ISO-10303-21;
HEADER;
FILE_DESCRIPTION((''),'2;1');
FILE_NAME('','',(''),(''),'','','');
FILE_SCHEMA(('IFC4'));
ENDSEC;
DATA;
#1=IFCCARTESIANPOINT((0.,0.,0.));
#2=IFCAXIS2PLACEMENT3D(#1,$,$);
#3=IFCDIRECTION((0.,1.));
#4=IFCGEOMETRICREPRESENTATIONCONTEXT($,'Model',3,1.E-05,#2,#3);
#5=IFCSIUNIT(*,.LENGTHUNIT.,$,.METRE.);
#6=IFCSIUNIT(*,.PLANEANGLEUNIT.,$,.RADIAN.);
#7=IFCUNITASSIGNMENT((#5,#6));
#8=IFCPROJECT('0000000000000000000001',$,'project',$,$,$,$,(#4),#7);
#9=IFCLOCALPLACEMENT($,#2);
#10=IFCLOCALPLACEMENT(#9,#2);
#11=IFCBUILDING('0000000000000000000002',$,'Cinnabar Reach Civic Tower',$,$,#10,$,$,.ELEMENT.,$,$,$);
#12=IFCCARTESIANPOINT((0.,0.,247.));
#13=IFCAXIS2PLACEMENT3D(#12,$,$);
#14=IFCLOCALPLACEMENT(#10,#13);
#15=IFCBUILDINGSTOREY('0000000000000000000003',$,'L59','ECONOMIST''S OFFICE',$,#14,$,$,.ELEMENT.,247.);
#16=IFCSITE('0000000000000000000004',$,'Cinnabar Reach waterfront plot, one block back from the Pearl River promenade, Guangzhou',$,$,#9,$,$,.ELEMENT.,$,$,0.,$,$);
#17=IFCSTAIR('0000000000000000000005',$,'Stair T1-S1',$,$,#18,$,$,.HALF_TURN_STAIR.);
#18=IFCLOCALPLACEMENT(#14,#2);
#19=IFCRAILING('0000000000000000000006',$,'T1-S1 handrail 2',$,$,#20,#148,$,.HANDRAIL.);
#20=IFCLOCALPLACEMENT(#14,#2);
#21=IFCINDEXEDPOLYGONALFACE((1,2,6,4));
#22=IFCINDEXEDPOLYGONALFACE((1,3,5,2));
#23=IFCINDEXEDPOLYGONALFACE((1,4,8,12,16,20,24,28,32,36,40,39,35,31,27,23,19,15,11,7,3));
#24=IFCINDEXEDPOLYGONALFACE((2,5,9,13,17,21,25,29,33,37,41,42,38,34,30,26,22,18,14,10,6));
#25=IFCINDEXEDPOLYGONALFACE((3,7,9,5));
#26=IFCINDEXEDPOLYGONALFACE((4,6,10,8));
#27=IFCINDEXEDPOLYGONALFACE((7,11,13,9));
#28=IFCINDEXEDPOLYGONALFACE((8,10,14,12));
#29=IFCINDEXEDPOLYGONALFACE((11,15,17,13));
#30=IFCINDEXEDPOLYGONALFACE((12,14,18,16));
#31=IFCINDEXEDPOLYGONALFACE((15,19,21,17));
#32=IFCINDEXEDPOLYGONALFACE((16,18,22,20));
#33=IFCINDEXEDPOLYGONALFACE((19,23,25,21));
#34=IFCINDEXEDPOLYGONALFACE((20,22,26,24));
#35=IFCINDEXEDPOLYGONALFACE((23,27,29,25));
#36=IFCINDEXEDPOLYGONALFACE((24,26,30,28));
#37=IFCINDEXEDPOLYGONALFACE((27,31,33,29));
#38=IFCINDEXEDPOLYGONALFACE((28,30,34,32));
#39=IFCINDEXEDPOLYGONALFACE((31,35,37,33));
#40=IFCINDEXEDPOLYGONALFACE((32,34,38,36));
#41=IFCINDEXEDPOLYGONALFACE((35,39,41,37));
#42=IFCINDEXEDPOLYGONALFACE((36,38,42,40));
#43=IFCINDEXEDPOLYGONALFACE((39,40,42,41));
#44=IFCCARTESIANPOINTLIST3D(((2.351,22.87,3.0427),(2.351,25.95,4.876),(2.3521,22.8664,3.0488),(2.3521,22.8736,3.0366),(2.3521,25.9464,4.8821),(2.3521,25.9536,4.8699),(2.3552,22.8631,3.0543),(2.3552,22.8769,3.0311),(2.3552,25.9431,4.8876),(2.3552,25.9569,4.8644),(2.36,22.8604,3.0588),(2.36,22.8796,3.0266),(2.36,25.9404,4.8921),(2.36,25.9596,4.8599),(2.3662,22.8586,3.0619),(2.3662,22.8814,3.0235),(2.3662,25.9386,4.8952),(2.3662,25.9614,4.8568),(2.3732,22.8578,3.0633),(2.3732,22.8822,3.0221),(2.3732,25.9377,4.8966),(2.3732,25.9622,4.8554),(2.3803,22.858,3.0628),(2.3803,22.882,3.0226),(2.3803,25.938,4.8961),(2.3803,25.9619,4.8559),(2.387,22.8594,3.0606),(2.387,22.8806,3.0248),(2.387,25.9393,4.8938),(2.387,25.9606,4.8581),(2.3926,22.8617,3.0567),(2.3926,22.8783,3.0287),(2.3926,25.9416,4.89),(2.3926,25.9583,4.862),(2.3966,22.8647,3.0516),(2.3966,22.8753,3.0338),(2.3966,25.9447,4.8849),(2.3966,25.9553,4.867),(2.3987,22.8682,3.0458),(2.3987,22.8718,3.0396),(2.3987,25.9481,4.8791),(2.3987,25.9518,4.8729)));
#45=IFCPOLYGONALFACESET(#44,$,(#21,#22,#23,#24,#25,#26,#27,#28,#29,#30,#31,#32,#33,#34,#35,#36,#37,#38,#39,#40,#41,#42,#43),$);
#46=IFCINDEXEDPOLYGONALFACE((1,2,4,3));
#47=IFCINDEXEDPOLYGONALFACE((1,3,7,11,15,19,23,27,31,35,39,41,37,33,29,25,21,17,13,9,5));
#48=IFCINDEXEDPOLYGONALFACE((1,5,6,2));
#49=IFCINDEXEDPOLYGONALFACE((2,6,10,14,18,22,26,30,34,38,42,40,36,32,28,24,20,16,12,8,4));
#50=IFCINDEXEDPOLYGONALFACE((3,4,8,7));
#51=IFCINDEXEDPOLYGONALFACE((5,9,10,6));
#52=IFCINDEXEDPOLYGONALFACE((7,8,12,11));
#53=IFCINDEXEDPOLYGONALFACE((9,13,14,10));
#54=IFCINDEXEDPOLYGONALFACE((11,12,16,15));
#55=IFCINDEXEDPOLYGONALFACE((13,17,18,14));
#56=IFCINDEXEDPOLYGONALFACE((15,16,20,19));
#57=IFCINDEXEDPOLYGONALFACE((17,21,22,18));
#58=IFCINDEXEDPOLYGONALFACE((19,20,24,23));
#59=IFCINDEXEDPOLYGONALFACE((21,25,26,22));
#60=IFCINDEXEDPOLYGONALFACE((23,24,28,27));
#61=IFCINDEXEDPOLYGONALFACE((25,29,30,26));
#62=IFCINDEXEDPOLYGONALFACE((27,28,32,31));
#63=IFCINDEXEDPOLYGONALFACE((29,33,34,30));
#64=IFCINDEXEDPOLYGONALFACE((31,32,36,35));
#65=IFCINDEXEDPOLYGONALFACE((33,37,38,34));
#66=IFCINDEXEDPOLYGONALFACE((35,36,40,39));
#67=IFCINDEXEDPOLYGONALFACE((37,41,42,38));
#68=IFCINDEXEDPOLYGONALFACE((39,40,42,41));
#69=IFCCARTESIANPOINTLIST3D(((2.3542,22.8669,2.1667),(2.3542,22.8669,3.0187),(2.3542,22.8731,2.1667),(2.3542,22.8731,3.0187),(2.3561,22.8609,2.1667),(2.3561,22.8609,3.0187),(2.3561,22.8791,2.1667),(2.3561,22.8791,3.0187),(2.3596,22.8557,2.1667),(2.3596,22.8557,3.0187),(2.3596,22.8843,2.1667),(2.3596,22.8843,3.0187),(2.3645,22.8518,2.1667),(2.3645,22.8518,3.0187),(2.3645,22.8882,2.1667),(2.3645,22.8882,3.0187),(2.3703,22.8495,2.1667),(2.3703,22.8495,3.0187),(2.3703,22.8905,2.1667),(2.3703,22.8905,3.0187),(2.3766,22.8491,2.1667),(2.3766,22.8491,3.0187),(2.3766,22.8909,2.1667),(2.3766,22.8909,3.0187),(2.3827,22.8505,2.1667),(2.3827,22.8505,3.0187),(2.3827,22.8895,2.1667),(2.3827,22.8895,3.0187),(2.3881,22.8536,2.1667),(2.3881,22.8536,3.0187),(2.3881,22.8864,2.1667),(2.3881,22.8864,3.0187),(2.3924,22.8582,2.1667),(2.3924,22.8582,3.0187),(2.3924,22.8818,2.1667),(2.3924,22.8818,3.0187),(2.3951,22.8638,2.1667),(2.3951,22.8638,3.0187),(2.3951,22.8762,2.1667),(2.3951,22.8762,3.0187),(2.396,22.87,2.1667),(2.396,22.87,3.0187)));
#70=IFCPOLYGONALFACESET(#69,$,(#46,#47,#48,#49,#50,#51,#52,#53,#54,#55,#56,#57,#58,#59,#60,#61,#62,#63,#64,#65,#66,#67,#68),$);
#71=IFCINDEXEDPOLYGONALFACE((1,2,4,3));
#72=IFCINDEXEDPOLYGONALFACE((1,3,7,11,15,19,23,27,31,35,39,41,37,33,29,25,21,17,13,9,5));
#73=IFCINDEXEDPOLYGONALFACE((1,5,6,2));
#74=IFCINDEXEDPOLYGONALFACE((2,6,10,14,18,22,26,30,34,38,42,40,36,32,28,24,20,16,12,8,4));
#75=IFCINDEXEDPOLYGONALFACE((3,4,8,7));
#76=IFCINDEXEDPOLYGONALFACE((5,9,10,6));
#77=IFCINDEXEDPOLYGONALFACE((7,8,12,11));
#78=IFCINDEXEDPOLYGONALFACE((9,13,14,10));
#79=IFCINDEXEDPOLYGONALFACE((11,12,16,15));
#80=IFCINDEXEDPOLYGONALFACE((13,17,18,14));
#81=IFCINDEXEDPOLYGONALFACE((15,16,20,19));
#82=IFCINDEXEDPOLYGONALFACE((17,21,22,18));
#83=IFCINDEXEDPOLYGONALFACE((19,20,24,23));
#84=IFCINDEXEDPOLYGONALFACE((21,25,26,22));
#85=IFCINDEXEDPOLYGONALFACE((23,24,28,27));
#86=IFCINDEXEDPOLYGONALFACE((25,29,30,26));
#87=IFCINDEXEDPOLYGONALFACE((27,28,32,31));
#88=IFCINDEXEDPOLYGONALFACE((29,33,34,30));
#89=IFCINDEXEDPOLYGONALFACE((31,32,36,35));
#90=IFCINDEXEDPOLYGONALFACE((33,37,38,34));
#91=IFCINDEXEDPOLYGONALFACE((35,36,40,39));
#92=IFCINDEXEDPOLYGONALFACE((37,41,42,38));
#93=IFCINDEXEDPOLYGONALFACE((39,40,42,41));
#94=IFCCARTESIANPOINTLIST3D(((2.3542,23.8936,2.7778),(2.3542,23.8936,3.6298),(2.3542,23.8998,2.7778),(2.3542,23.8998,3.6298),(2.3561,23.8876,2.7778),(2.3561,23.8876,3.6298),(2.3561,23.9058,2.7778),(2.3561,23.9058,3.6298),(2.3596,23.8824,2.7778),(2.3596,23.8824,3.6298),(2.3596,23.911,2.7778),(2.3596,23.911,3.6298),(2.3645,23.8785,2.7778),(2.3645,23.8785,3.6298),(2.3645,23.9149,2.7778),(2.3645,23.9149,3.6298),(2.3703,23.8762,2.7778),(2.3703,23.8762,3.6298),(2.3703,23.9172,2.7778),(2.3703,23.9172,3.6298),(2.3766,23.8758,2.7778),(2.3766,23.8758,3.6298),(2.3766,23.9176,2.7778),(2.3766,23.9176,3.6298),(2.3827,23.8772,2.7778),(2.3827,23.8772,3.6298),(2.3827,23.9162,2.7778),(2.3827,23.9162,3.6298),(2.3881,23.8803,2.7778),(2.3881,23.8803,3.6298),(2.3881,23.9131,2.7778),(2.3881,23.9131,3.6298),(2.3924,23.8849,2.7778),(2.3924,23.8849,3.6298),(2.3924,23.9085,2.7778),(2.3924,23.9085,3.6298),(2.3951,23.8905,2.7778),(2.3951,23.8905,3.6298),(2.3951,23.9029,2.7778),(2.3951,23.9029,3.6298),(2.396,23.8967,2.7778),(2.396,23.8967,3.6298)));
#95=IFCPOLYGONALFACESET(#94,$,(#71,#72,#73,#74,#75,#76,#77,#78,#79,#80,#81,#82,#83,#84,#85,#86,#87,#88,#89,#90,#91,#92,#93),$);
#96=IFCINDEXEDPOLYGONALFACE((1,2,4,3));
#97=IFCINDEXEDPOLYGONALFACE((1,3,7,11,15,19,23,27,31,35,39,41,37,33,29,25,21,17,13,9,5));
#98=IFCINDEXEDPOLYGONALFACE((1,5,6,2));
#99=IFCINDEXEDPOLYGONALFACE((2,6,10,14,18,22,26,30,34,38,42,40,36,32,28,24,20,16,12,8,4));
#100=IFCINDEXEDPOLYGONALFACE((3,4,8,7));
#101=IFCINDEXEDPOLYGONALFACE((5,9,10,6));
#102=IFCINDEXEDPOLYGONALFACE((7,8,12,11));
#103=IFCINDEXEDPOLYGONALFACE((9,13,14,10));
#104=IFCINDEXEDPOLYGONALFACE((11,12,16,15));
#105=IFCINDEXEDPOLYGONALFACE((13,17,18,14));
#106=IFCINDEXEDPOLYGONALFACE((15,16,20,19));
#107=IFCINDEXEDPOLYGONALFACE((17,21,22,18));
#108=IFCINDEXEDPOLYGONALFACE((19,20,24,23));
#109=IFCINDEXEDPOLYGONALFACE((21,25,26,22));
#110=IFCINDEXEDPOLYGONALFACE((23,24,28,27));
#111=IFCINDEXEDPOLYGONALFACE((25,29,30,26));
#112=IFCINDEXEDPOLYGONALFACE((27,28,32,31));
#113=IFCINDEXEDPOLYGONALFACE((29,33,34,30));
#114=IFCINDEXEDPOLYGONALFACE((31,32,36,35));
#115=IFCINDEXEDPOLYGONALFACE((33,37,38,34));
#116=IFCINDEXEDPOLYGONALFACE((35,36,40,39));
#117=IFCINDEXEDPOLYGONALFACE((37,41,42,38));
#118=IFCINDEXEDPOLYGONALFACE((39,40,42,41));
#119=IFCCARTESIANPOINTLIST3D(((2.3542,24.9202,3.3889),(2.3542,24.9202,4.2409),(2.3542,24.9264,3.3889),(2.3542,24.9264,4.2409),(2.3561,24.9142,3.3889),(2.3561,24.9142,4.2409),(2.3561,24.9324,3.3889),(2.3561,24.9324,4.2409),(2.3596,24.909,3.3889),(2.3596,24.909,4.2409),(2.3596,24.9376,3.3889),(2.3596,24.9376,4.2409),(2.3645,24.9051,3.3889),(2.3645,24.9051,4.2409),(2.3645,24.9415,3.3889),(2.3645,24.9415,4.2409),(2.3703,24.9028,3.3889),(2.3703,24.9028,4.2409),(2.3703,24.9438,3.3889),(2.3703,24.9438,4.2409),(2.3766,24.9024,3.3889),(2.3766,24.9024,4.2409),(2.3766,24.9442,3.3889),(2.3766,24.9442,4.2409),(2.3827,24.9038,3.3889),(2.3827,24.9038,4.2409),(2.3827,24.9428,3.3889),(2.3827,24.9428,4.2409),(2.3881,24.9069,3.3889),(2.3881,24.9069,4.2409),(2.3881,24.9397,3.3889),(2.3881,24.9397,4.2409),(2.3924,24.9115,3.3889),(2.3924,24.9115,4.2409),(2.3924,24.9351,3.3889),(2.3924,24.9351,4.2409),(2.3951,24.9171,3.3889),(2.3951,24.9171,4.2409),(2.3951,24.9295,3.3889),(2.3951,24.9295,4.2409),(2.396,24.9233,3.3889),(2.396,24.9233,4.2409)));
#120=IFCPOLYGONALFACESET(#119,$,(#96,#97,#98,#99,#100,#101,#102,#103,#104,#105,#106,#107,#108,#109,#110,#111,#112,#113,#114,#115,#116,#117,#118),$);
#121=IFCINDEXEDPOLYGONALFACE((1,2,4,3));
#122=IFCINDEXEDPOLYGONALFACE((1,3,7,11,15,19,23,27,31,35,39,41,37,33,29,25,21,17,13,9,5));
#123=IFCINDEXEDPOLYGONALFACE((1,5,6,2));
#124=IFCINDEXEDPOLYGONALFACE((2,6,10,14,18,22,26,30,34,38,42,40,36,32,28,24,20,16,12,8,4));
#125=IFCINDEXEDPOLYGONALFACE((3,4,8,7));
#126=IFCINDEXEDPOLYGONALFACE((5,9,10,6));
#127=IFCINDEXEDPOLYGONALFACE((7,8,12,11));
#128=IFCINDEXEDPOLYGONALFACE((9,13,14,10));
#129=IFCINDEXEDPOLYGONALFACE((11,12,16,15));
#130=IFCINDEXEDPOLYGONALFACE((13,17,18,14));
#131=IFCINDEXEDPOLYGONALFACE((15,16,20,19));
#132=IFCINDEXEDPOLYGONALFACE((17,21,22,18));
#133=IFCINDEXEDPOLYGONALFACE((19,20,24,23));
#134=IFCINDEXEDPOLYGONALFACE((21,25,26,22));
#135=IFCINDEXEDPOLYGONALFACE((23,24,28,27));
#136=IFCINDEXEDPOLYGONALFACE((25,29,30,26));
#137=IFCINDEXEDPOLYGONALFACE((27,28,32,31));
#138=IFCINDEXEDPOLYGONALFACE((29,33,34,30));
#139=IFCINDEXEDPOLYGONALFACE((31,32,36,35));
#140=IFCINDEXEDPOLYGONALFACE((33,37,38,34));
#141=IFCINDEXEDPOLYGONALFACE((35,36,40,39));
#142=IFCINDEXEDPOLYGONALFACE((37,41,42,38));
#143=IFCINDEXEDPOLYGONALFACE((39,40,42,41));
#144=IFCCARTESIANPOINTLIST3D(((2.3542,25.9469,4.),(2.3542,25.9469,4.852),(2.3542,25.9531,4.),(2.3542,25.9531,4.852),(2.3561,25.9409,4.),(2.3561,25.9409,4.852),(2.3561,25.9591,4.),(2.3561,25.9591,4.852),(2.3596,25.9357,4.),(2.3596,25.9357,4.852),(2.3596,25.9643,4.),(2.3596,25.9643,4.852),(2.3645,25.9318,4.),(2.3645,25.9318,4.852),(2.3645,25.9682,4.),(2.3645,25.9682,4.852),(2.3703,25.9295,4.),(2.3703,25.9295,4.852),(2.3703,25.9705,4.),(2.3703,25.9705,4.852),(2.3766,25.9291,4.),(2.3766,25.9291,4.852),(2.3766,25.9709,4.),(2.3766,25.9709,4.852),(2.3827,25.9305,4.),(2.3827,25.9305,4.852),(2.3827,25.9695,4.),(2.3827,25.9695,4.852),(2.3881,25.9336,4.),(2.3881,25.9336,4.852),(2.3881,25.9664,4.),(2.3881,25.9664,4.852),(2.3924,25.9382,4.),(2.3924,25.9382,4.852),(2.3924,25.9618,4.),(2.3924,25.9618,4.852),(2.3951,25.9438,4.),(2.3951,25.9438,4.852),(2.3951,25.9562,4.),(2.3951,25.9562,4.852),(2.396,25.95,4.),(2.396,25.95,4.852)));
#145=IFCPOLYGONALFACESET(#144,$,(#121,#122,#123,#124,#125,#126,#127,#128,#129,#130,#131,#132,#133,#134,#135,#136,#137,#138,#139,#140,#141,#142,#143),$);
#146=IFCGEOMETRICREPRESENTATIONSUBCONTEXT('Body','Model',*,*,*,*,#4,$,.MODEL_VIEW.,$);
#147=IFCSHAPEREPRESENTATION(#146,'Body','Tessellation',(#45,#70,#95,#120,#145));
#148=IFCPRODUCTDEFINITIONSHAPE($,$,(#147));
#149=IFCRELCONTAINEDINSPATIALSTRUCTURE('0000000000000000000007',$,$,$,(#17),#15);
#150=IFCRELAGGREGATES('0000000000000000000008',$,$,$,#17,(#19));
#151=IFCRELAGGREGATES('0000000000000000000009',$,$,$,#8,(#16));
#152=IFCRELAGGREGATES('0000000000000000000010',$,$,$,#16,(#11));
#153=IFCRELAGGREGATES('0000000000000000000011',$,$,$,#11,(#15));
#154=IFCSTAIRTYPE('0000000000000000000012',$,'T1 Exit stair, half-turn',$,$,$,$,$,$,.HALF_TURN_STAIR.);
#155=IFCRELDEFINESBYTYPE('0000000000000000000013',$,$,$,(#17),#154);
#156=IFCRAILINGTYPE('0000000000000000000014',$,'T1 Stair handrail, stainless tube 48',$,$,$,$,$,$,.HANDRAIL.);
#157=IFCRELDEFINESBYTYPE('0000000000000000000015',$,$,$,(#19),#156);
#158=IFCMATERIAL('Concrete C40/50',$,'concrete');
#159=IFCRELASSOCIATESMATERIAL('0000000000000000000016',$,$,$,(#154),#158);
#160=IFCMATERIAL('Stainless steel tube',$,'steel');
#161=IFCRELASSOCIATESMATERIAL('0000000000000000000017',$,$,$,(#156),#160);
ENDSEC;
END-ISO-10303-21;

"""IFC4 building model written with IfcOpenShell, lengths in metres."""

from ifc_helpers import new_model, si_unit, direction, frame, origin, origin_2d, place, context, subcontext, project, spatial, circle, extrude, material, type_object, element, aggregate, save


model = new_model("IFC4")

# Units and contexts
model_context = context("Model", 3, precision=1e-05, world=origin(), true_north=direction((0.0, 1.0)))
body_context = subcontext(model_context, "Body", "Model", "MODEL_VIEW")
ifc_project = project(units=[si_unit("LENGTHUNIT", "METRE"), si_unit("PLANEANGLEUNIT", "RADIAN")], contexts=[model_context])

# Site, building, storey
site_placement = place(None, origin())
site = spatial("IfcSite", under=ifc_project, at=site_placement, Name="Cinnabar Reach waterfront plot, one block back from the Pearl River promenade, Guangzhou", CompositionType="ELEMENT", RefElevation=0.0)
building_placement = place(site_placement, origin())
building = spatial("IfcBuilding", under=site, at=building_placement, Name="Cinnabar Reach Civic Tower", CompositionType="ELEMENT")
storey_placement = place(building_placement, frame((0.0, 0.0, 247.0)))
storey = spatial("IfcBuildingStorey", under=building, at=storey_placement, Name="L59", Description="ECONOMIST'S OFFICE", CompositionType="ELEMENT", Elevation=247.0)

# Shared definitions
ifc_material_1 = material(Name="Concrete C40/50", Category="concrete")

# Stair, railing
stair_type = type_object("IfcStairType", Name="T1 Exit stair, half-turn", PredefinedType="HALF_TURN_STAIR", material=ifc_material_1)
stair_placement = place(storey_placement, origin())
stair = element("IfcStair", 1, at=stair_placement, inside=storey, type_object=stair_type, Name="Stair T1-S1", PredefinedType="HALF_TURN_STAIR")
ifc_material_2 = material(Name="Stainless steel tube", Category="steel")
railing_type = type_object("IfcRailingType", Name="T1 Stair handrail, stainless tube 48", PredefinedType="HANDRAIL", material=ifc_material_2)
railing_1_placement = place(storey_placement, frame((2.375, 22.87, 2.1667)))
railing_1 = element("IfcRailing", 2, at=railing_1_placement, type_object=railing_type, Name="T1-S1 handrail 2", PredefinedType="HANDRAIL", context=body_context, shape_type="SweptSolid", body=[
    extrude(circle(Radius=0.024, at=origin_2d()), frame((0.0, 0.0, 0.876), z_axis=(0.0, 0.859297, 0.511477), x_axis=(-1.0, 0.0, 0.0)), (0.0, 0.0, 1.0), 3.5843),
    extrude(circle(Radius=0.021, at=origin_2d()), origin(), (0.0, 0.0, 1.0), 0.852),
    extrude(circle(Radius=0.021, at=origin_2d()), frame((0.0, 1.0267, 0.6111)), (0.0, 0.0, 1.0), 0.852),
    extrude(circle(Radius=0.021, at=origin_2d()), frame((0.0, 2.0533, 1.2222)), (0.0, 0.0, 1.0), 0.852),
    extrude(circle(Radius=0.021, at=origin_2d()), frame((0.0, 3.08, 1.8333)), (0.0, 0.0, 1.0), 0.852),
])
aggregate(stair, [railing_1])

save(model, "model.ifc")
